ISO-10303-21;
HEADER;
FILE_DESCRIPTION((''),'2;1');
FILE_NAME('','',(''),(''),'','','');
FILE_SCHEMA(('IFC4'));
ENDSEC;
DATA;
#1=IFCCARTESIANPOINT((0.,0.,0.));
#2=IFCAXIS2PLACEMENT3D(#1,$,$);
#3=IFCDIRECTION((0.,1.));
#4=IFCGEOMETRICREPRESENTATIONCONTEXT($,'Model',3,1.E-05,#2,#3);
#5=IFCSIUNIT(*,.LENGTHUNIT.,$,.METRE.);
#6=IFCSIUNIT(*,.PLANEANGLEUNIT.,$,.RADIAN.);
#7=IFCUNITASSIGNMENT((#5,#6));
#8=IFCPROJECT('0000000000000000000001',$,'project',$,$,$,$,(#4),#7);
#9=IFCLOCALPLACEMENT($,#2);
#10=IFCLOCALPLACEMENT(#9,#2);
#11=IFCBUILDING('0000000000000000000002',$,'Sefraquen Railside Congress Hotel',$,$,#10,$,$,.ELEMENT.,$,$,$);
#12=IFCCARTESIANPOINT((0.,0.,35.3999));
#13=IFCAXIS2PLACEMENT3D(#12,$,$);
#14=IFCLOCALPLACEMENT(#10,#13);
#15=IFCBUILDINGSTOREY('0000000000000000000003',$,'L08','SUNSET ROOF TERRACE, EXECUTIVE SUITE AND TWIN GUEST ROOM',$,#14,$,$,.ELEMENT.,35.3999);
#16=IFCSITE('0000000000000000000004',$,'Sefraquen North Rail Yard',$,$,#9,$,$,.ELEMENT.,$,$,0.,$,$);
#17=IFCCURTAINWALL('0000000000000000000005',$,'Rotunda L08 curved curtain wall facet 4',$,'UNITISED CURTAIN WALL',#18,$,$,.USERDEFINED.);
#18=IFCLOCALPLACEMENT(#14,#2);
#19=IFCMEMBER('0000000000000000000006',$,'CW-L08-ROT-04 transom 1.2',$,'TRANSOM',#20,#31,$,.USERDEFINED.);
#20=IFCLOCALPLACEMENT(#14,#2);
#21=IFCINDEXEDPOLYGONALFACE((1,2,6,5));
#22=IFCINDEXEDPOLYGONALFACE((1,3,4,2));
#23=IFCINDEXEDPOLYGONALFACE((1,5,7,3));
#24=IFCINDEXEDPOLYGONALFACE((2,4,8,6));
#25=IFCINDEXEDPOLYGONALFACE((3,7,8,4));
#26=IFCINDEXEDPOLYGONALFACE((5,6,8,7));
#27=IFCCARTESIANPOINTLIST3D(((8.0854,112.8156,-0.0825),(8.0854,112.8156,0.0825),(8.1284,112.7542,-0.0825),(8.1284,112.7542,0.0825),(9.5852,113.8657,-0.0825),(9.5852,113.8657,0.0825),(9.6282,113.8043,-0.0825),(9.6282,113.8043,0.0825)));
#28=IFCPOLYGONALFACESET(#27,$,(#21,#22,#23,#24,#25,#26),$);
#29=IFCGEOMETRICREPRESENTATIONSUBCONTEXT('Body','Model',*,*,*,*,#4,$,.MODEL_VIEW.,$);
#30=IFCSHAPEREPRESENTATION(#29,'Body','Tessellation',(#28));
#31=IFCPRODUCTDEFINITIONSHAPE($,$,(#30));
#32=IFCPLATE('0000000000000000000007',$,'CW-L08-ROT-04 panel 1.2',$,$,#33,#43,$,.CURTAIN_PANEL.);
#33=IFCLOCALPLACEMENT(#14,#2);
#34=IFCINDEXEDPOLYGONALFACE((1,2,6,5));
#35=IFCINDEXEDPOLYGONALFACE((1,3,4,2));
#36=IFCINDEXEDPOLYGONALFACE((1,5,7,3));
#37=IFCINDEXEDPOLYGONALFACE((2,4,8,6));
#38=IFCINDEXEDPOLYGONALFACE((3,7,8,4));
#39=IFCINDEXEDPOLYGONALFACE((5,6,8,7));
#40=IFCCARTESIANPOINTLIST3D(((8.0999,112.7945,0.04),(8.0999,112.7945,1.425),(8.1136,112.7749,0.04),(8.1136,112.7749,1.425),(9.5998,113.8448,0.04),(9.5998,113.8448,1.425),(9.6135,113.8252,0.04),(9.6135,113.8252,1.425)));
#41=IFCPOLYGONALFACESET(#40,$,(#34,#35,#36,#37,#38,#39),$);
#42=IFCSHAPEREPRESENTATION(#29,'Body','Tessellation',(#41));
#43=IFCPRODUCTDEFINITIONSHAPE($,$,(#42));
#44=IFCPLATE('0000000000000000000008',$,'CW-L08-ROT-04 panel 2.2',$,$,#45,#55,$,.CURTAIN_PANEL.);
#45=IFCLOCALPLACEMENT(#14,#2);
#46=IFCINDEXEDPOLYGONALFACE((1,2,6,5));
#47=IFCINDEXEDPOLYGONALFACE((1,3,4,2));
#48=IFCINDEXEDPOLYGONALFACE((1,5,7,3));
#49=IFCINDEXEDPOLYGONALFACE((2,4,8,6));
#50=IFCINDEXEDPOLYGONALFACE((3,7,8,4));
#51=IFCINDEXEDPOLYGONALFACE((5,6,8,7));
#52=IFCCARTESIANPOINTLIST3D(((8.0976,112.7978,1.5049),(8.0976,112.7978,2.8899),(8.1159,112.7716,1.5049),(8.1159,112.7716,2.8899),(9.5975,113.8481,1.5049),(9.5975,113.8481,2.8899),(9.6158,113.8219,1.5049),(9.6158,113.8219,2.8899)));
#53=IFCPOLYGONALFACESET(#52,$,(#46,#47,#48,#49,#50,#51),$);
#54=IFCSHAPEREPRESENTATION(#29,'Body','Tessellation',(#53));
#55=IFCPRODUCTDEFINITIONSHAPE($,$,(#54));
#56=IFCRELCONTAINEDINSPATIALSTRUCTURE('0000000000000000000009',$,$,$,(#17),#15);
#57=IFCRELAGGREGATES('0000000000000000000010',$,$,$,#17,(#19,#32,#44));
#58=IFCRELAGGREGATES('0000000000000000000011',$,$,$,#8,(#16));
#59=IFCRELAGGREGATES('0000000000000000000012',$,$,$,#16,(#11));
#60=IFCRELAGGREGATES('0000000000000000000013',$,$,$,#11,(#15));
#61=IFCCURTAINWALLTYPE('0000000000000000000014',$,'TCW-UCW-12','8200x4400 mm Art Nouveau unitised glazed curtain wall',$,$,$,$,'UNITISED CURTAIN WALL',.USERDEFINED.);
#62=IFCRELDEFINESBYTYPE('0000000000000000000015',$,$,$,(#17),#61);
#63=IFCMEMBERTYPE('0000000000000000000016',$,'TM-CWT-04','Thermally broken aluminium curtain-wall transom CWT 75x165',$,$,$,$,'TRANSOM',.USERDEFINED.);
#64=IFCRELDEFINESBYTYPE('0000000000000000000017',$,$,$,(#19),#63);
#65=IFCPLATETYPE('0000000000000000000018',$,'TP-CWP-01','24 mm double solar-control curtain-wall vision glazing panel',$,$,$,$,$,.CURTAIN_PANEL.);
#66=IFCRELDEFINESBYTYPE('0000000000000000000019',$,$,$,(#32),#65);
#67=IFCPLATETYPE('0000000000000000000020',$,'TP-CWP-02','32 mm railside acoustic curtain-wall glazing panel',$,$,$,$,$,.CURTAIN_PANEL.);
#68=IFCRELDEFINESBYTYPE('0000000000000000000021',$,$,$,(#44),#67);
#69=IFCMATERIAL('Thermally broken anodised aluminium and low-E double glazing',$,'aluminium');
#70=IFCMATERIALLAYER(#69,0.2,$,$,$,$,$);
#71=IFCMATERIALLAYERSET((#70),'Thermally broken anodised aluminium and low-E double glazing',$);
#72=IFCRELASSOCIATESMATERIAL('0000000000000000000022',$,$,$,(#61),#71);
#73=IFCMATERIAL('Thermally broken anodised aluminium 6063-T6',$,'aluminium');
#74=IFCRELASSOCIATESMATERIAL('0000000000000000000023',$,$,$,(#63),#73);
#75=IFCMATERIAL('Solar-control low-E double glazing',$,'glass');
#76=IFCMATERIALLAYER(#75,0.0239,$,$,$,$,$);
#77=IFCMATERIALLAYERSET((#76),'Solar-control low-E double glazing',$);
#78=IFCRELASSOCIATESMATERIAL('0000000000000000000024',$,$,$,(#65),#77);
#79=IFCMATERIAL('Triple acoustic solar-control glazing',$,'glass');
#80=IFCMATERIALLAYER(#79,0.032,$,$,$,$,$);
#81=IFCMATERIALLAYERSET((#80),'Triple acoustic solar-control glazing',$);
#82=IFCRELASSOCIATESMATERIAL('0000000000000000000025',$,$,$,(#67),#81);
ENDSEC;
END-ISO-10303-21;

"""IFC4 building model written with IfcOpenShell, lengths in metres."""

from ifc_helpers import new_model, si_unit, direction, frame, origin, origin_2d, place, context, subcontext, project, spatial, rectangle, extrude, material, layer, layer_set, material_profile, profile_set, type_object, element, aggregate, save


model = new_model("IFC4")

# Units and contexts
model_context = context("Model", 3, precision=1e-05, world=origin(), true_north=direction((0.0, 1.0)))
body_context = subcontext(model_context, "Body", "Model", "MODEL_VIEW")
ifc_project = project(units=[si_unit("LENGTHUNIT", "METRE"), si_unit("PLANEANGLEUNIT", "RADIAN")], contexts=[model_context])

# Site, building, storey
site_placement = place(None, origin())
site = spatial("IfcSite", under=ifc_project, at=site_placement, Name="Sefraquen North Rail Yard", CompositionType="ELEMENT", RefElevation=0.0)
building_placement = place(site_placement, origin())
building = spatial("IfcBuilding", under=site, at=building_placement, Name="Sefraquen Railside Congress Hotel", CompositionType="ELEMENT")
storey_placement = place(building_placement, frame((0.0, 0.0, 35.3999)))
storey = spatial("IfcBuildingStorey", under=building, at=storey_placement, Name="L08", Description="SUNSET ROOF TERRACE, EXECUTIVE SUITE AND TWIN GUEST ROOM", CompositionType="ELEMENT", Elevation=35.3999)

# Curtain wall, member, plates
ifc_material_1 = material(Name="Thermally broken anodised aluminium and low-E double glazing", Category="aluminium")
ifc_layer_1 = layer(ifc_material_1, 0.2)
ifc_layer_set_1 = layer_set([ifc_layer_1], Name="Thermally broken anodised aluminium and low-E double glazing")
curtain_wall_type = type_object("IfcCurtainWallType", Name="TCW-UCW-12", Description="8200x4400 mm Art Nouveau unitised glazed curtain wall", ElementType="UNITISED CURTAIN WALL", PredefinedType="USERDEFINED", material=ifc_layer_set_1)
curtain_wall_placement = place(storey_placement, origin())
curtain_wall = element("IfcCurtainWall", 1, at=curtain_wall_placement, inside=storey, type_object=curtain_wall_type, Name="Rotunda L08 curved curtain wall facet 4", ObjectType="UNITISED CURTAIN WALL", PredefinedType="USERDEFINED")
ifc_material_2 = material(Name="Thermally broken anodised aluminium 6063-T6", Category="aluminium")
ifc_material_profile = material_profile(ifc_material_2, rectangle(XDim=0.075, YDim=0.165, at=origin_2d()), Name="CWT 75x165")
ifc_profile_set = profile_set([ifc_material_profile], Name="Thermally broken anodised aluminium 6063-T6")
member_type = type_object("IfcMemberType", Name="TM-CWT-04", Description="Thermally broken aluminium curtain-wall transom CWT 75x165", ElementType="TRANSOM", PredefinedType="USERDEFINED", material=ifc_profile_set)
member_placement = place(storey_placement, frame((9.6067, 113.835, 0.0), z_axis=(-0.819176, -0.573543, 0.0), x_axis=(0.573543, -0.819176, 0.0)))
member = element("IfcMember", 2, at=member_placement, type_object=member_type, Name="CW-L08-ROT-04 transom 1.2", ObjectType="TRANSOM", PredefinedType="USERDEFINED", context=body_context, shape_type="SweptSolid", body=[
    extrude(rectangle(XDim=0.075, YDim=0.165, at=origin_2d()), origin(), (0.0, 0.0, 1.0), 1.8308),
])
ifc_material_3 = material(Name="Solar-control low-E double glazing", Category="glass")
ifc_layer_2 = layer(ifc_material_3, 0.0239)
ifc_layer_set_2 = layer_set([ifc_layer_2], Name="Solar-control low-E double glazing")
plate_type_1 = type_object("IfcPlateType", Name="TP-CWP-01", Description="24 mm double solar-control curtain-wall vision glazing panel", PredefinedType="CURTAIN_PANEL", material=ifc_layer_set_2)
plate_1_placement = place(storey_placement, frame((8.8567, 113.3098, 0.04), z_axis=(0.0, 0.0, 1.0), x_axis=(-0.819132, -0.573605, 0.0)))
plate_1 = element("IfcPlate", 3, at=plate_1_placement, type_object=plate_type_1, Name="CW-L08-ROT-04 panel 1.2", PredefinedType="CURTAIN_PANEL", context=body_context, shape_type="SweptSolid", body=[
    extrude(rectangle(XDim=1.8311, YDim=0.0239, at=origin_2d()), origin(), (0.0, 0.0, 1.0), 1.385),
])
ifc_material_4 = material(Name="Triple acoustic solar-control glazing", Category="glass")
ifc_layer_3 = layer(ifc_material_4, 0.032)
ifc_layer_set_3 = layer_set([ifc_layer_3], Name="Triple acoustic solar-control glazing")
plate_type_2 = type_object("IfcPlateType", Name="TP-CWP-02", Description="32 mm railside acoustic curtain-wall glazing panel", PredefinedType="CURTAIN_PANEL", material=ifc_layer_set_3)
plate_2_placement = place(storey_placement, frame((8.8567, 113.3098, 1.5049), z_axis=(0.0, 0.0, 1.0), x_axis=(-0.819132, -0.573605, 0.0)))
plate_2 = element("IfcPlate", 4, at=plate_2_placement, type_object=plate_type_2, Name="CW-L08-ROT-04 panel 2.2", PredefinedType="CURTAIN_PANEL", context=body_context, shape_type="SweptSolid", body=[
    extrude(rectangle(XDim=1.8311, YDim=0.032, at=origin_2d()), origin(), (0.0, 0.0, 1.0), 1.385),
])
aggregate(curtain_wall, [member, plate_1, plate_2])

save(model, "model.ifc")
